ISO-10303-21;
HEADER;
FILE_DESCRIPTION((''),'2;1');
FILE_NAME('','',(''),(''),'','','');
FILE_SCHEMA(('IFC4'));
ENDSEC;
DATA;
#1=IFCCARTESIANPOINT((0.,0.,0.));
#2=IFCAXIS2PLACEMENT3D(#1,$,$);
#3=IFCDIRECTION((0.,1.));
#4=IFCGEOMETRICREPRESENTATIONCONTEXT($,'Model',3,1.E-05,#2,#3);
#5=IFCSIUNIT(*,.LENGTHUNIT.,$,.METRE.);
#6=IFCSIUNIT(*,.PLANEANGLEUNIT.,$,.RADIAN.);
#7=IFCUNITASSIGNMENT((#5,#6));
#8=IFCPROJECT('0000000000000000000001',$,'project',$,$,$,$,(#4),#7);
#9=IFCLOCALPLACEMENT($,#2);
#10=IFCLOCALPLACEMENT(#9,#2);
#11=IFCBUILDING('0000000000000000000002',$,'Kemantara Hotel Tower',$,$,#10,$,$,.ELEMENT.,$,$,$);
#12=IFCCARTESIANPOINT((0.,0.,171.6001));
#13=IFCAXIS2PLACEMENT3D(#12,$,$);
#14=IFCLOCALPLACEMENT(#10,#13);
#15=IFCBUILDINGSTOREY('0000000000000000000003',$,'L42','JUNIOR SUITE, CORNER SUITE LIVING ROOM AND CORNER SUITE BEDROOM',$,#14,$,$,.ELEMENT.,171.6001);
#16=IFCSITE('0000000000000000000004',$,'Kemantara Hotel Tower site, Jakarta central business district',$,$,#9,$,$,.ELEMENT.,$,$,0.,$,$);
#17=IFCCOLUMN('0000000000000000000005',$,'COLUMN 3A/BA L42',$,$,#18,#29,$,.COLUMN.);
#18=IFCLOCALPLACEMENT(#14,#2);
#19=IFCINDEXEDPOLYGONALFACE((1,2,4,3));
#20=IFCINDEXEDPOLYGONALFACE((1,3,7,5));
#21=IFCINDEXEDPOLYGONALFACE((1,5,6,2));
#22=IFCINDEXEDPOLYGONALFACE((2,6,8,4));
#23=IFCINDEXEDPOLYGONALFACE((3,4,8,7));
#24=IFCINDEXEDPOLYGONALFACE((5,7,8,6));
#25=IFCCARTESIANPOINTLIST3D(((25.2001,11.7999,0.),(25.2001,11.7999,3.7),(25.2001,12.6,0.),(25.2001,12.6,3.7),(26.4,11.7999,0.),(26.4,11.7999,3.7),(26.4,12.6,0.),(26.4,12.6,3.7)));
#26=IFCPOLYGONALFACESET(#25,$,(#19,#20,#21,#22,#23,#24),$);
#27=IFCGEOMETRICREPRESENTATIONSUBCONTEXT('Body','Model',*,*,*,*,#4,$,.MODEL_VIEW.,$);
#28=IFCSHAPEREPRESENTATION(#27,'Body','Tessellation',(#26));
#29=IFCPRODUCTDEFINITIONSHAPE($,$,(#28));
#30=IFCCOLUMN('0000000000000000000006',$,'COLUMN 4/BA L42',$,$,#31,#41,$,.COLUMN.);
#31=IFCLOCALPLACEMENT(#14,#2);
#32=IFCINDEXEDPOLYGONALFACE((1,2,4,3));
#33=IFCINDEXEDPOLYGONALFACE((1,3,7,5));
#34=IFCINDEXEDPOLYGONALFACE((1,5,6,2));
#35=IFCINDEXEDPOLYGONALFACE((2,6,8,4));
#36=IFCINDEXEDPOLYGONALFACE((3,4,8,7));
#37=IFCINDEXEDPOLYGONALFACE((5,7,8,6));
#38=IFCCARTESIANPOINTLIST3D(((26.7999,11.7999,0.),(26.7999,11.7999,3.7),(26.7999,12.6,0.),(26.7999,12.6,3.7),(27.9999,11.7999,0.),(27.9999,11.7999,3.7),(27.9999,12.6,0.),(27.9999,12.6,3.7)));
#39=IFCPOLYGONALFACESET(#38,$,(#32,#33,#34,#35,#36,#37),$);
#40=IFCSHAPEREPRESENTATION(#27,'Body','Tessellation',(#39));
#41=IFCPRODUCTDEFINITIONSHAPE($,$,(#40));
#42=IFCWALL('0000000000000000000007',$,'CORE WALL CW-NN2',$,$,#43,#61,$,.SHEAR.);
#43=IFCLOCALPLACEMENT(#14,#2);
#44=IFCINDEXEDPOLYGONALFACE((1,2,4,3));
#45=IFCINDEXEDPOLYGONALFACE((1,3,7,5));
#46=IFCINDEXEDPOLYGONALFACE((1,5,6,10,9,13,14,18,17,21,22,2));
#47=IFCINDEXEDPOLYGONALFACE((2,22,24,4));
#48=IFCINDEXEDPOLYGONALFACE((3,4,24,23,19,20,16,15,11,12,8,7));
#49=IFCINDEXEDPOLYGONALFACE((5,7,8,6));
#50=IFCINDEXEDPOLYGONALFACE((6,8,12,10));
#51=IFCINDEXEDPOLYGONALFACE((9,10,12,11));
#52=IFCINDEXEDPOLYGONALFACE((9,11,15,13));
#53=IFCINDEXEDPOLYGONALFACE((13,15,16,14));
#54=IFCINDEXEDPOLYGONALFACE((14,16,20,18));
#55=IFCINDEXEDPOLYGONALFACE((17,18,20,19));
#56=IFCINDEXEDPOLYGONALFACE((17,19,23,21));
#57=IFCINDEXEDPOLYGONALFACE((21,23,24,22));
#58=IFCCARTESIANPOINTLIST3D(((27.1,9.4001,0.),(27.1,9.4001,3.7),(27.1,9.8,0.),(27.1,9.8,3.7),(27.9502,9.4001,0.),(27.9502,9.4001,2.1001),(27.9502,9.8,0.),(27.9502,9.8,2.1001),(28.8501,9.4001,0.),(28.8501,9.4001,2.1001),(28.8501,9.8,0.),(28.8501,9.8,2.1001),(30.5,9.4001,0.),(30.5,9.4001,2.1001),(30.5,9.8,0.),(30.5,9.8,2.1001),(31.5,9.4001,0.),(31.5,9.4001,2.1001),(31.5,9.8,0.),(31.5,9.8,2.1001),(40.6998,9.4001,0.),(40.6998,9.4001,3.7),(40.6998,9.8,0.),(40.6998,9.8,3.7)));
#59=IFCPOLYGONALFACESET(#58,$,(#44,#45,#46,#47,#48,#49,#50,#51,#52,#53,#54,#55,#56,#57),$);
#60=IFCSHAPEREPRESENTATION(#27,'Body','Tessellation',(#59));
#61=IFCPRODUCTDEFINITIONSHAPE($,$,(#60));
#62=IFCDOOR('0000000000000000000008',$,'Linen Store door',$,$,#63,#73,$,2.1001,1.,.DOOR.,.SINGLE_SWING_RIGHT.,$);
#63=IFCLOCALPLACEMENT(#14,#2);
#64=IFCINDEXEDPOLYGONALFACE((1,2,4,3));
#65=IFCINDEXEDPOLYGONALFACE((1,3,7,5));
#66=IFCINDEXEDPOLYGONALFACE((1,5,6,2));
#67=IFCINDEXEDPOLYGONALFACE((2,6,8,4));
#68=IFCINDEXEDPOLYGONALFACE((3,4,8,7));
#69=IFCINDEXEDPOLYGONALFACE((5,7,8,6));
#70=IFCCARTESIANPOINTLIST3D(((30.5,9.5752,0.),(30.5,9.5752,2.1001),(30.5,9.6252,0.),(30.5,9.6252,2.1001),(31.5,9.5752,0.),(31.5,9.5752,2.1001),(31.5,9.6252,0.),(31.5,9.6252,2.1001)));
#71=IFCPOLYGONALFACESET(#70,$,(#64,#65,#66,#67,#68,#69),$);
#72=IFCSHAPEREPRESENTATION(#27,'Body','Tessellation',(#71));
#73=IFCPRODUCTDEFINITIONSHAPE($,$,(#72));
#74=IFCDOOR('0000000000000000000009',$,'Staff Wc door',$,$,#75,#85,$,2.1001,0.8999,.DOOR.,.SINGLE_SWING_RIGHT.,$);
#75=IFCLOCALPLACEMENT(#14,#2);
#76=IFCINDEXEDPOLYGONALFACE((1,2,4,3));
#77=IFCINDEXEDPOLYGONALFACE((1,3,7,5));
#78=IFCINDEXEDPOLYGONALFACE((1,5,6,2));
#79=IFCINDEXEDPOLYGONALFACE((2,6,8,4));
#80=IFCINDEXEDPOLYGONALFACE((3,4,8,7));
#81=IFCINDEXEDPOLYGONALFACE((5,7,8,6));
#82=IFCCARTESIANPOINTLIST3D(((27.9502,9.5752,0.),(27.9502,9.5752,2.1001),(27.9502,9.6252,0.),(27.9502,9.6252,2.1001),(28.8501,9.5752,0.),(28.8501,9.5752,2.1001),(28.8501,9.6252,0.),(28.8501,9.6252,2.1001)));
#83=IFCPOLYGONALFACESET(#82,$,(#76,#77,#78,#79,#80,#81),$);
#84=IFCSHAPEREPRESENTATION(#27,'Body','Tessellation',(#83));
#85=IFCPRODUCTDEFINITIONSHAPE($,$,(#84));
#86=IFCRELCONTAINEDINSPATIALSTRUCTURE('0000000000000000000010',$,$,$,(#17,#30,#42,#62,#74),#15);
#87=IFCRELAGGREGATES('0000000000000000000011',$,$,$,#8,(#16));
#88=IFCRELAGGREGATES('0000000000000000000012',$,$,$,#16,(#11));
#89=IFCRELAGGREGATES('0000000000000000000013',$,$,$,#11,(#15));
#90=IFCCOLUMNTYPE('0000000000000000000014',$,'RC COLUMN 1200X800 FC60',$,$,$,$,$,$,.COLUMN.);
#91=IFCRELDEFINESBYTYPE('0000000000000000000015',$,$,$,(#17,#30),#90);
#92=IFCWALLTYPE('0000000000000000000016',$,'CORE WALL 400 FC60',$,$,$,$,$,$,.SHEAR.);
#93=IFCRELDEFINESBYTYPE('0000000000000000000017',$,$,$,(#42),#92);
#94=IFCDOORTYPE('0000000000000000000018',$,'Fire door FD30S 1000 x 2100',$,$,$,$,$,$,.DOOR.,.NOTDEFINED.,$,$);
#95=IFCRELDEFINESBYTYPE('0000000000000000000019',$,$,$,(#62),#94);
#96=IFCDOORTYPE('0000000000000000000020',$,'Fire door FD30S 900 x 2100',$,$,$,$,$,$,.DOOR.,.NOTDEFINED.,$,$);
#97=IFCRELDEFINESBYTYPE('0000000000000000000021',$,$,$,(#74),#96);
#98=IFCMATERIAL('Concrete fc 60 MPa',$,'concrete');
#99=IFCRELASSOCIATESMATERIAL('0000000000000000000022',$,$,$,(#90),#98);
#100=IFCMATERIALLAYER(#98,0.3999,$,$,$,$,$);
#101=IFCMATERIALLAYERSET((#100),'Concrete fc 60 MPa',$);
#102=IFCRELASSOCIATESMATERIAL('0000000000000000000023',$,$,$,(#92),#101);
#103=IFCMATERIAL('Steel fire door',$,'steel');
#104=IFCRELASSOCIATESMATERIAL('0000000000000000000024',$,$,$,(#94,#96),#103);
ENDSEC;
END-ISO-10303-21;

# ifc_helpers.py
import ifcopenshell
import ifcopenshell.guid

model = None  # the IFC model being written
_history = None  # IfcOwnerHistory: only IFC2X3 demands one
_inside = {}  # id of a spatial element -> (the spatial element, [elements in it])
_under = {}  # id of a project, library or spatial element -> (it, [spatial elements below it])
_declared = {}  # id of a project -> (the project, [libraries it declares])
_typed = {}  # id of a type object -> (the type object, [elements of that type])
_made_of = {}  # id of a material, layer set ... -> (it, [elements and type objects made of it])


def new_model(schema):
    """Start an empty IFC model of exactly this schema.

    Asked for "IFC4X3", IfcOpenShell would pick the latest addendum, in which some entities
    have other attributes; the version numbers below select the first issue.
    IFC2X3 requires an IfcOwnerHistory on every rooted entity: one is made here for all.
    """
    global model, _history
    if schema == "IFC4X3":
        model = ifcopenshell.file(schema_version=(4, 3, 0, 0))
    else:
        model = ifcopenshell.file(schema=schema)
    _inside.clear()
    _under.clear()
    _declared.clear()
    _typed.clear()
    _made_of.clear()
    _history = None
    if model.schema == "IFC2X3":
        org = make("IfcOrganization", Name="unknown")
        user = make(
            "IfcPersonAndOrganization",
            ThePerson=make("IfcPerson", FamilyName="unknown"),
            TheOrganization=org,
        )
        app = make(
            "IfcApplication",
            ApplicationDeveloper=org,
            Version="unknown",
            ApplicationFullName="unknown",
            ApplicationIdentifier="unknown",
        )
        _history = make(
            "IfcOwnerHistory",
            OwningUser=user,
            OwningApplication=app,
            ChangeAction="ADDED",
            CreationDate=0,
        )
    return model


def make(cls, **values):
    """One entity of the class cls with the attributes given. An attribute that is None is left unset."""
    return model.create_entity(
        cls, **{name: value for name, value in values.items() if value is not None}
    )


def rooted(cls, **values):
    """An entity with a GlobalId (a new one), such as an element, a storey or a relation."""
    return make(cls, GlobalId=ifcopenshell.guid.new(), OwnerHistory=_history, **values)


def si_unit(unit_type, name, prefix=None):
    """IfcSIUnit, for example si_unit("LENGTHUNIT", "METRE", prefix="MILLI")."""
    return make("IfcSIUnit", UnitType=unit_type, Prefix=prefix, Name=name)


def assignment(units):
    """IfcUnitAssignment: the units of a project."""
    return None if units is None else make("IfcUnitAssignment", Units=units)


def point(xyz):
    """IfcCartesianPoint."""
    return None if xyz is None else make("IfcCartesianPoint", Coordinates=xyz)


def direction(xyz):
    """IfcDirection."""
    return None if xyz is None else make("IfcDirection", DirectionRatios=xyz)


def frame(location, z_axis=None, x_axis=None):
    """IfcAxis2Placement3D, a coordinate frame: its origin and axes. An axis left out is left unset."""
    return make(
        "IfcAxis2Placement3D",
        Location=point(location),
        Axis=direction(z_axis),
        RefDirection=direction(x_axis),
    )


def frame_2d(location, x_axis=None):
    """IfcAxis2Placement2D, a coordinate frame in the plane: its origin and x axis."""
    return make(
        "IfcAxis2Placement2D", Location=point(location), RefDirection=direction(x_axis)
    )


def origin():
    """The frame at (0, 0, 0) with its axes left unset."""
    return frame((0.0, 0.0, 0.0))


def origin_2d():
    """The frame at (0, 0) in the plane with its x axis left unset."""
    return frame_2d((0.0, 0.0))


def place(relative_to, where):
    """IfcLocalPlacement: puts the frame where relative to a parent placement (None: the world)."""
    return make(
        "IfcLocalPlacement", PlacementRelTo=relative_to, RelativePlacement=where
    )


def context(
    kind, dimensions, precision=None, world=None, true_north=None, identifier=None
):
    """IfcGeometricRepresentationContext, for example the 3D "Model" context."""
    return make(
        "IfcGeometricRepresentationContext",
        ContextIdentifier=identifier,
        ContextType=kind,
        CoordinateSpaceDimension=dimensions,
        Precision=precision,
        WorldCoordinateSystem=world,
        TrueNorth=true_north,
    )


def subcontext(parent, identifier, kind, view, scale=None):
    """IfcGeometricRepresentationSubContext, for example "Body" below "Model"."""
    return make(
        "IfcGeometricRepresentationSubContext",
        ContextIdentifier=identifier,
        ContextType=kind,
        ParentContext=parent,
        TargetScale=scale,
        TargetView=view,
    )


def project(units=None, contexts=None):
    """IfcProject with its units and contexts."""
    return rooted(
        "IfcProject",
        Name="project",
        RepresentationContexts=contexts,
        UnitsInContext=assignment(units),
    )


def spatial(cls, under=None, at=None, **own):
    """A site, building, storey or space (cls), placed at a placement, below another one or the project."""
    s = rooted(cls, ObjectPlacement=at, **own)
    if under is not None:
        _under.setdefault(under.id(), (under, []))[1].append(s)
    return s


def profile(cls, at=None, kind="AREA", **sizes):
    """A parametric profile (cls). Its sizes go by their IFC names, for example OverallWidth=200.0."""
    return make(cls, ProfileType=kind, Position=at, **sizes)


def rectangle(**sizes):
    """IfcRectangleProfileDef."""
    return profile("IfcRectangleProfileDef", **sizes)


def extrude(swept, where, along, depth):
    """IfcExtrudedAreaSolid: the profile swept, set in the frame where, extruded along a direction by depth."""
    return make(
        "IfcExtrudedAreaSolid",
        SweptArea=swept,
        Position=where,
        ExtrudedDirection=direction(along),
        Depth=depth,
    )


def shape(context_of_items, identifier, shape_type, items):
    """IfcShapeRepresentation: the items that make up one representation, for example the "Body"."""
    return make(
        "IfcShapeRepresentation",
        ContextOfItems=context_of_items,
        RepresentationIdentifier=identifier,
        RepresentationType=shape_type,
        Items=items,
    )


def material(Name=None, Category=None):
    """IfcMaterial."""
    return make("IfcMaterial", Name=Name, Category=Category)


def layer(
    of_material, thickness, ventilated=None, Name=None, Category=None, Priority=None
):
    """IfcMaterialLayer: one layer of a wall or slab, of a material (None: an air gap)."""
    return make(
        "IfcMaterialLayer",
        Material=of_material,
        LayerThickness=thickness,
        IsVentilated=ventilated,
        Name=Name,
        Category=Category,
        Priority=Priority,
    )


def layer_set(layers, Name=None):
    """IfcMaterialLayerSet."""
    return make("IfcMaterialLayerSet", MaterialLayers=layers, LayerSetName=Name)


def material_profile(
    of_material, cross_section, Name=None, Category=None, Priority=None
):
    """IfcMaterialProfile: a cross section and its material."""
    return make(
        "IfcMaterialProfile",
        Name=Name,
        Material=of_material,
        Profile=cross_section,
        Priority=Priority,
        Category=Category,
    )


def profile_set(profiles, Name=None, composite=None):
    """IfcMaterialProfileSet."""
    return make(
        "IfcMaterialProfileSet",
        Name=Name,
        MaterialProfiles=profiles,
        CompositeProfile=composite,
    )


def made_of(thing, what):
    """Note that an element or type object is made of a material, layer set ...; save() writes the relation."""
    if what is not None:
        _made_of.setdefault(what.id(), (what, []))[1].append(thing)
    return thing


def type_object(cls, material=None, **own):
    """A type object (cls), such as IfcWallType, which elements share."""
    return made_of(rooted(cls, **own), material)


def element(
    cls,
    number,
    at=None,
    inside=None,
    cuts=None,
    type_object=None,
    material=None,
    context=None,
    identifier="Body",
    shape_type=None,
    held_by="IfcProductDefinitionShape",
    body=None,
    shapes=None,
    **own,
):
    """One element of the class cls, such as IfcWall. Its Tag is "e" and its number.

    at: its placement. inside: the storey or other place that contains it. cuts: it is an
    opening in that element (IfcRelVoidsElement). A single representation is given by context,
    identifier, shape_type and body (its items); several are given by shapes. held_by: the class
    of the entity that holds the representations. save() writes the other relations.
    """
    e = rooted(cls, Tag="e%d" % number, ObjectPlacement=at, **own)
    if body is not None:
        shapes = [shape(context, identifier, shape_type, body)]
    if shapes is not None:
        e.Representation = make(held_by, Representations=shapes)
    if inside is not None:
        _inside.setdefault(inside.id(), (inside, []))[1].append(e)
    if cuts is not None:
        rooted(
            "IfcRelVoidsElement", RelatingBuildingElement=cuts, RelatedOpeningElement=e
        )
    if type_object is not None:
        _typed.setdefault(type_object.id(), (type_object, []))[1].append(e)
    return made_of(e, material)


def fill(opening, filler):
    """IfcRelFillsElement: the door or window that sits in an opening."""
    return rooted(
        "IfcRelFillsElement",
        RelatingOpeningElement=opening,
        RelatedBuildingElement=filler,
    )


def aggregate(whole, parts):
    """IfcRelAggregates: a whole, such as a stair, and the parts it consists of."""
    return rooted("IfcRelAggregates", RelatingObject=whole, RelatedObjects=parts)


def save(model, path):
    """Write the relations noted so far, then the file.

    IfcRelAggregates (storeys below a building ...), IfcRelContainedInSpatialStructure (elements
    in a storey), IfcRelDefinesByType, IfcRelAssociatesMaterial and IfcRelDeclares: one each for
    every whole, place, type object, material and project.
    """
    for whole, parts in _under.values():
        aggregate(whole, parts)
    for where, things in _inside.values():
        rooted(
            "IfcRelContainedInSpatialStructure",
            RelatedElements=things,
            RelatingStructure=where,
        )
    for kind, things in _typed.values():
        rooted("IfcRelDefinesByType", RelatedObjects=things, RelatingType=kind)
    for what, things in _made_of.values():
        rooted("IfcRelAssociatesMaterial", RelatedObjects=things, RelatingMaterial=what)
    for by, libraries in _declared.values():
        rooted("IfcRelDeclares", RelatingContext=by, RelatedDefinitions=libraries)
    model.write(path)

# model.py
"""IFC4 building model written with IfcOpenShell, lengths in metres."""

from ifc_helpers import new_model, si_unit, direction, frame, frame_2d, origin, origin_2d, place, context, subcontext, project, spatial, rectangle, extrude, material, layer, layer_set, material_profile, profile_set, type_object, element, fill, save


model = new_model("IFC4")

# Units and contexts
model_context = context("Model", 3, precision=1e-05, world=origin(), true_north=direction((0.0, 1.0)))
body_context = subcontext(model_context, "Body", "Model", "MODEL_VIEW")
ifc_project = project(units=[si_unit("LENGTHUNIT", "METRE"), si_unit("PLANEANGLEUNIT", "RADIAN")], contexts=[model_context])

# Site, building, storey
site_placement = place(None, origin())
site = spatial("IfcSite", under=ifc_project, at=site_placement, Name="Kemantara Hotel Tower site, Jakarta central business district", CompositionType="ELEMENT", RefElevation=0.0)
building_placement = place(site_placement, origin())
building = spatial("IfcBuilding", under=site, at=building_placement, Name="Kemantara Hotel Tower", CompositionType="ELEMENT")
storey_placement = place(building_placement, frame((0.0, 0.0, 171.6001)))
storey = spatial("IfcBuildingStorey", under=building, at=storey_placement, Name="L42", Description="JUNIOR SUITE, CORNER SUITE LIVING ROOM AND CORNER SUITE BEDROOM", CompositionType="ELEMENT", Elevation=171.6001)

# Columns
ifc_material_1 = material(Name="Concrete fc 60 MPa", Category="concrete")
ifc_material_profile = material_profile(ifc_material_1, rectangle(XDim=1.2, YDim=0.8, at=origin_2d()), Name="RC 1200X800")
ifc_profile_set = profile_set([ifc_material_profile], Name="Concrete fc 60 MPa")
column_type = type_object("IfcColumnType", Name="RC COLUMN 1200X800 FC60", PredefinedType="COLUMN", material=ifc_profile_set)
for number, where, z_axis, x_axis, name in (
    (1, (25.8, 12.2, 0.0), (0.0, 0.0, 1.0), (1.0, 0.0, 0.0), "COLUMN 3A/BA L42"),
    (2, (27.3999, 12.2, 0.0), (0.0, 0.0, 1.0), (1.0, 0.0, 0.0), "COLUMN 4/BA L42"),
):
    element("IfcColumn", number, at=place(storey_placement, frame(where, z_axis=z_axis, x_axis=x_axis)), inside=storey, type_object=column_type, Name=name, PredefinedType="COLUMN", context=body_context, shape_type="SweptSolid", body=[
        extrude(rectangle(XDim=1.2, YDim=0.8, at=origin_2d()), origin(), (0.0, 0.0, 1.0), 3.7),
    ])

# Wall, openings, doors
ifc_layer_1 = layer(ifc_material_1, 0.3999)
ifc_layer_set_1 = layer_set([ifc_layer_1], Name="Concrete fc 60 MPa")
wall_type_1 = type_object("IfcWallType", Name="CORE WALL 400 FC60", PredefinedType="SHEAR", material=ifc_layer_set_1)
wall_1_placement = place(storey_placement, frame((27.1001, 9.6001, 0.0), z_axis=(0.0, 0.0, 1.0), x_axis=(1.0, 0.0, 0.0)))
wall_1 = element("IfcWall", 3, at=wall_1_placement, inside=storey, type_object=wall_type_1, Name="CORE WALL CW-NN2", PredefinedType="SHEAR", context=body_context, shape_type="SweptSolid", body=[
    extrude(rectangle(XDim=13.5999, YDim=0.3999, at=frame_2d((6.7998, 0.0))), origin(), (0.0, 0.0, 1.0), 3.7),
])
opening_1_placement = place(wall_1_placement, frame((0.8501, 0.0, 0.0)))
opening_1 = element("IfcOpeningElement", 4, at=opening_1_placement, cuts=wall_1, PredefinedType="OPENING", context=body_context, shape_type="SweptSolid", body=[
    extrude(rectangle(XDim=0.8999, YDim=2.1001, at=frame_2d((0.45, 1.05))), frame((0.0, 0.21, 0.0), z_axis=(0.0, -1.0, 0.0), x_axis=(1.0, 0.0, 0.0)), (0.0, 0.0, 1.0), 0.4199),
])
opening_2_placement = place(wall_1_placement, frame((3.3999, 0.0, 0.0)))
opening_2 = element("IfcOpeningElement", 5, at=opening_2_placement, cuts=wall_1, PredefinedType="OPENING", context=body_context, shape_type="SweptSolid", body=[
    extrude(rectangle(XDim=1.0, YDim=2.1001, at=frame_2d((0.5, 1.05))), frame((0.0, 0.21, 0.0), z_axis=(0.0, -1.0, 0.0), x_axis=(1.0, 0.0, 0.0)), (0.0, 0.0, 1.0), 0.4199),
])
ifc_material_2 = material(Name="Steel fire door", Category="steel")
door_type_1 = type_object("IfcDoorType", Name="Fire door FD30S 1000 x 2100", OperationType="NOTDEFINED", PredefinedType="DOOR", material=ifc_material_2)
door_1_placement = place(opening_2_placement, frame((1.0, 0.0, 0.0), z_axis=(0.0, 0.0, 1.0), x_axis=(-1.0, 0.0, 0.0)))
door_1 = element("IfcDoor", 6, at=door_1_placement, inside=storey, type_object=door_type_1, Name="Linen Store door", OperationType="SINGLE_SWING_RIGHT", OverallHeight=2.1001, OverallWidth=1.0, PredefinedType="DOOR", context=body_context, shape_type="SweptSolid", body=[
    extrude(rectangle(XDim=1.0, YDim=2.1001, at=frame_2d((0.5, 1.05))), frame((0.0, 0.0249, 0.0), z_axis=(0.0, -1.0, 0.0), x_axis=(1.0, 0.0, 0.0)), (0.0, 0.0, 1.0), 0.05),
])
fill(opening_2, door_1)
door_type_2 = type_object("IfcDoorType", Name="Fire door FD30S 900 x 2100", OperationType="NOTDEFINED", PredefinedType="DOOR", material=ifc_material_2)
door_2_placement = place(opening_1_placement, frame((0.8999, 0.0, 0.0), z_axis=(0.0, 0.0, 1.0), x_axis=(-1.0, 0.0, 0.0)))
door_2 = element("IfcDoor", 7, at=door_2_placement, inside=storey, type_object=door_type_2, Name="Staff Wc door", OperationType="SINGLE_SWING_RIGHT", OverallHeight=2.1001, OverallWidth=0.8999, PredefinedType="DOOR", context=body_context, shape_type="SweptSolid", body=[
    extrude(rectangle(XDim=0.8999, YDim=2.1001, at=frame_2d((0.45, 1.05))), frame((0.0, 0.0249, 0.0), z_axis=(0.0, -1.0, 0.0), x_axis=(1.0, 0.0, 0.0)), (0.0, 0.0, 1.0), 0.05),
])
fill(opening_1, door_2)

save(model, "model.ifc")
